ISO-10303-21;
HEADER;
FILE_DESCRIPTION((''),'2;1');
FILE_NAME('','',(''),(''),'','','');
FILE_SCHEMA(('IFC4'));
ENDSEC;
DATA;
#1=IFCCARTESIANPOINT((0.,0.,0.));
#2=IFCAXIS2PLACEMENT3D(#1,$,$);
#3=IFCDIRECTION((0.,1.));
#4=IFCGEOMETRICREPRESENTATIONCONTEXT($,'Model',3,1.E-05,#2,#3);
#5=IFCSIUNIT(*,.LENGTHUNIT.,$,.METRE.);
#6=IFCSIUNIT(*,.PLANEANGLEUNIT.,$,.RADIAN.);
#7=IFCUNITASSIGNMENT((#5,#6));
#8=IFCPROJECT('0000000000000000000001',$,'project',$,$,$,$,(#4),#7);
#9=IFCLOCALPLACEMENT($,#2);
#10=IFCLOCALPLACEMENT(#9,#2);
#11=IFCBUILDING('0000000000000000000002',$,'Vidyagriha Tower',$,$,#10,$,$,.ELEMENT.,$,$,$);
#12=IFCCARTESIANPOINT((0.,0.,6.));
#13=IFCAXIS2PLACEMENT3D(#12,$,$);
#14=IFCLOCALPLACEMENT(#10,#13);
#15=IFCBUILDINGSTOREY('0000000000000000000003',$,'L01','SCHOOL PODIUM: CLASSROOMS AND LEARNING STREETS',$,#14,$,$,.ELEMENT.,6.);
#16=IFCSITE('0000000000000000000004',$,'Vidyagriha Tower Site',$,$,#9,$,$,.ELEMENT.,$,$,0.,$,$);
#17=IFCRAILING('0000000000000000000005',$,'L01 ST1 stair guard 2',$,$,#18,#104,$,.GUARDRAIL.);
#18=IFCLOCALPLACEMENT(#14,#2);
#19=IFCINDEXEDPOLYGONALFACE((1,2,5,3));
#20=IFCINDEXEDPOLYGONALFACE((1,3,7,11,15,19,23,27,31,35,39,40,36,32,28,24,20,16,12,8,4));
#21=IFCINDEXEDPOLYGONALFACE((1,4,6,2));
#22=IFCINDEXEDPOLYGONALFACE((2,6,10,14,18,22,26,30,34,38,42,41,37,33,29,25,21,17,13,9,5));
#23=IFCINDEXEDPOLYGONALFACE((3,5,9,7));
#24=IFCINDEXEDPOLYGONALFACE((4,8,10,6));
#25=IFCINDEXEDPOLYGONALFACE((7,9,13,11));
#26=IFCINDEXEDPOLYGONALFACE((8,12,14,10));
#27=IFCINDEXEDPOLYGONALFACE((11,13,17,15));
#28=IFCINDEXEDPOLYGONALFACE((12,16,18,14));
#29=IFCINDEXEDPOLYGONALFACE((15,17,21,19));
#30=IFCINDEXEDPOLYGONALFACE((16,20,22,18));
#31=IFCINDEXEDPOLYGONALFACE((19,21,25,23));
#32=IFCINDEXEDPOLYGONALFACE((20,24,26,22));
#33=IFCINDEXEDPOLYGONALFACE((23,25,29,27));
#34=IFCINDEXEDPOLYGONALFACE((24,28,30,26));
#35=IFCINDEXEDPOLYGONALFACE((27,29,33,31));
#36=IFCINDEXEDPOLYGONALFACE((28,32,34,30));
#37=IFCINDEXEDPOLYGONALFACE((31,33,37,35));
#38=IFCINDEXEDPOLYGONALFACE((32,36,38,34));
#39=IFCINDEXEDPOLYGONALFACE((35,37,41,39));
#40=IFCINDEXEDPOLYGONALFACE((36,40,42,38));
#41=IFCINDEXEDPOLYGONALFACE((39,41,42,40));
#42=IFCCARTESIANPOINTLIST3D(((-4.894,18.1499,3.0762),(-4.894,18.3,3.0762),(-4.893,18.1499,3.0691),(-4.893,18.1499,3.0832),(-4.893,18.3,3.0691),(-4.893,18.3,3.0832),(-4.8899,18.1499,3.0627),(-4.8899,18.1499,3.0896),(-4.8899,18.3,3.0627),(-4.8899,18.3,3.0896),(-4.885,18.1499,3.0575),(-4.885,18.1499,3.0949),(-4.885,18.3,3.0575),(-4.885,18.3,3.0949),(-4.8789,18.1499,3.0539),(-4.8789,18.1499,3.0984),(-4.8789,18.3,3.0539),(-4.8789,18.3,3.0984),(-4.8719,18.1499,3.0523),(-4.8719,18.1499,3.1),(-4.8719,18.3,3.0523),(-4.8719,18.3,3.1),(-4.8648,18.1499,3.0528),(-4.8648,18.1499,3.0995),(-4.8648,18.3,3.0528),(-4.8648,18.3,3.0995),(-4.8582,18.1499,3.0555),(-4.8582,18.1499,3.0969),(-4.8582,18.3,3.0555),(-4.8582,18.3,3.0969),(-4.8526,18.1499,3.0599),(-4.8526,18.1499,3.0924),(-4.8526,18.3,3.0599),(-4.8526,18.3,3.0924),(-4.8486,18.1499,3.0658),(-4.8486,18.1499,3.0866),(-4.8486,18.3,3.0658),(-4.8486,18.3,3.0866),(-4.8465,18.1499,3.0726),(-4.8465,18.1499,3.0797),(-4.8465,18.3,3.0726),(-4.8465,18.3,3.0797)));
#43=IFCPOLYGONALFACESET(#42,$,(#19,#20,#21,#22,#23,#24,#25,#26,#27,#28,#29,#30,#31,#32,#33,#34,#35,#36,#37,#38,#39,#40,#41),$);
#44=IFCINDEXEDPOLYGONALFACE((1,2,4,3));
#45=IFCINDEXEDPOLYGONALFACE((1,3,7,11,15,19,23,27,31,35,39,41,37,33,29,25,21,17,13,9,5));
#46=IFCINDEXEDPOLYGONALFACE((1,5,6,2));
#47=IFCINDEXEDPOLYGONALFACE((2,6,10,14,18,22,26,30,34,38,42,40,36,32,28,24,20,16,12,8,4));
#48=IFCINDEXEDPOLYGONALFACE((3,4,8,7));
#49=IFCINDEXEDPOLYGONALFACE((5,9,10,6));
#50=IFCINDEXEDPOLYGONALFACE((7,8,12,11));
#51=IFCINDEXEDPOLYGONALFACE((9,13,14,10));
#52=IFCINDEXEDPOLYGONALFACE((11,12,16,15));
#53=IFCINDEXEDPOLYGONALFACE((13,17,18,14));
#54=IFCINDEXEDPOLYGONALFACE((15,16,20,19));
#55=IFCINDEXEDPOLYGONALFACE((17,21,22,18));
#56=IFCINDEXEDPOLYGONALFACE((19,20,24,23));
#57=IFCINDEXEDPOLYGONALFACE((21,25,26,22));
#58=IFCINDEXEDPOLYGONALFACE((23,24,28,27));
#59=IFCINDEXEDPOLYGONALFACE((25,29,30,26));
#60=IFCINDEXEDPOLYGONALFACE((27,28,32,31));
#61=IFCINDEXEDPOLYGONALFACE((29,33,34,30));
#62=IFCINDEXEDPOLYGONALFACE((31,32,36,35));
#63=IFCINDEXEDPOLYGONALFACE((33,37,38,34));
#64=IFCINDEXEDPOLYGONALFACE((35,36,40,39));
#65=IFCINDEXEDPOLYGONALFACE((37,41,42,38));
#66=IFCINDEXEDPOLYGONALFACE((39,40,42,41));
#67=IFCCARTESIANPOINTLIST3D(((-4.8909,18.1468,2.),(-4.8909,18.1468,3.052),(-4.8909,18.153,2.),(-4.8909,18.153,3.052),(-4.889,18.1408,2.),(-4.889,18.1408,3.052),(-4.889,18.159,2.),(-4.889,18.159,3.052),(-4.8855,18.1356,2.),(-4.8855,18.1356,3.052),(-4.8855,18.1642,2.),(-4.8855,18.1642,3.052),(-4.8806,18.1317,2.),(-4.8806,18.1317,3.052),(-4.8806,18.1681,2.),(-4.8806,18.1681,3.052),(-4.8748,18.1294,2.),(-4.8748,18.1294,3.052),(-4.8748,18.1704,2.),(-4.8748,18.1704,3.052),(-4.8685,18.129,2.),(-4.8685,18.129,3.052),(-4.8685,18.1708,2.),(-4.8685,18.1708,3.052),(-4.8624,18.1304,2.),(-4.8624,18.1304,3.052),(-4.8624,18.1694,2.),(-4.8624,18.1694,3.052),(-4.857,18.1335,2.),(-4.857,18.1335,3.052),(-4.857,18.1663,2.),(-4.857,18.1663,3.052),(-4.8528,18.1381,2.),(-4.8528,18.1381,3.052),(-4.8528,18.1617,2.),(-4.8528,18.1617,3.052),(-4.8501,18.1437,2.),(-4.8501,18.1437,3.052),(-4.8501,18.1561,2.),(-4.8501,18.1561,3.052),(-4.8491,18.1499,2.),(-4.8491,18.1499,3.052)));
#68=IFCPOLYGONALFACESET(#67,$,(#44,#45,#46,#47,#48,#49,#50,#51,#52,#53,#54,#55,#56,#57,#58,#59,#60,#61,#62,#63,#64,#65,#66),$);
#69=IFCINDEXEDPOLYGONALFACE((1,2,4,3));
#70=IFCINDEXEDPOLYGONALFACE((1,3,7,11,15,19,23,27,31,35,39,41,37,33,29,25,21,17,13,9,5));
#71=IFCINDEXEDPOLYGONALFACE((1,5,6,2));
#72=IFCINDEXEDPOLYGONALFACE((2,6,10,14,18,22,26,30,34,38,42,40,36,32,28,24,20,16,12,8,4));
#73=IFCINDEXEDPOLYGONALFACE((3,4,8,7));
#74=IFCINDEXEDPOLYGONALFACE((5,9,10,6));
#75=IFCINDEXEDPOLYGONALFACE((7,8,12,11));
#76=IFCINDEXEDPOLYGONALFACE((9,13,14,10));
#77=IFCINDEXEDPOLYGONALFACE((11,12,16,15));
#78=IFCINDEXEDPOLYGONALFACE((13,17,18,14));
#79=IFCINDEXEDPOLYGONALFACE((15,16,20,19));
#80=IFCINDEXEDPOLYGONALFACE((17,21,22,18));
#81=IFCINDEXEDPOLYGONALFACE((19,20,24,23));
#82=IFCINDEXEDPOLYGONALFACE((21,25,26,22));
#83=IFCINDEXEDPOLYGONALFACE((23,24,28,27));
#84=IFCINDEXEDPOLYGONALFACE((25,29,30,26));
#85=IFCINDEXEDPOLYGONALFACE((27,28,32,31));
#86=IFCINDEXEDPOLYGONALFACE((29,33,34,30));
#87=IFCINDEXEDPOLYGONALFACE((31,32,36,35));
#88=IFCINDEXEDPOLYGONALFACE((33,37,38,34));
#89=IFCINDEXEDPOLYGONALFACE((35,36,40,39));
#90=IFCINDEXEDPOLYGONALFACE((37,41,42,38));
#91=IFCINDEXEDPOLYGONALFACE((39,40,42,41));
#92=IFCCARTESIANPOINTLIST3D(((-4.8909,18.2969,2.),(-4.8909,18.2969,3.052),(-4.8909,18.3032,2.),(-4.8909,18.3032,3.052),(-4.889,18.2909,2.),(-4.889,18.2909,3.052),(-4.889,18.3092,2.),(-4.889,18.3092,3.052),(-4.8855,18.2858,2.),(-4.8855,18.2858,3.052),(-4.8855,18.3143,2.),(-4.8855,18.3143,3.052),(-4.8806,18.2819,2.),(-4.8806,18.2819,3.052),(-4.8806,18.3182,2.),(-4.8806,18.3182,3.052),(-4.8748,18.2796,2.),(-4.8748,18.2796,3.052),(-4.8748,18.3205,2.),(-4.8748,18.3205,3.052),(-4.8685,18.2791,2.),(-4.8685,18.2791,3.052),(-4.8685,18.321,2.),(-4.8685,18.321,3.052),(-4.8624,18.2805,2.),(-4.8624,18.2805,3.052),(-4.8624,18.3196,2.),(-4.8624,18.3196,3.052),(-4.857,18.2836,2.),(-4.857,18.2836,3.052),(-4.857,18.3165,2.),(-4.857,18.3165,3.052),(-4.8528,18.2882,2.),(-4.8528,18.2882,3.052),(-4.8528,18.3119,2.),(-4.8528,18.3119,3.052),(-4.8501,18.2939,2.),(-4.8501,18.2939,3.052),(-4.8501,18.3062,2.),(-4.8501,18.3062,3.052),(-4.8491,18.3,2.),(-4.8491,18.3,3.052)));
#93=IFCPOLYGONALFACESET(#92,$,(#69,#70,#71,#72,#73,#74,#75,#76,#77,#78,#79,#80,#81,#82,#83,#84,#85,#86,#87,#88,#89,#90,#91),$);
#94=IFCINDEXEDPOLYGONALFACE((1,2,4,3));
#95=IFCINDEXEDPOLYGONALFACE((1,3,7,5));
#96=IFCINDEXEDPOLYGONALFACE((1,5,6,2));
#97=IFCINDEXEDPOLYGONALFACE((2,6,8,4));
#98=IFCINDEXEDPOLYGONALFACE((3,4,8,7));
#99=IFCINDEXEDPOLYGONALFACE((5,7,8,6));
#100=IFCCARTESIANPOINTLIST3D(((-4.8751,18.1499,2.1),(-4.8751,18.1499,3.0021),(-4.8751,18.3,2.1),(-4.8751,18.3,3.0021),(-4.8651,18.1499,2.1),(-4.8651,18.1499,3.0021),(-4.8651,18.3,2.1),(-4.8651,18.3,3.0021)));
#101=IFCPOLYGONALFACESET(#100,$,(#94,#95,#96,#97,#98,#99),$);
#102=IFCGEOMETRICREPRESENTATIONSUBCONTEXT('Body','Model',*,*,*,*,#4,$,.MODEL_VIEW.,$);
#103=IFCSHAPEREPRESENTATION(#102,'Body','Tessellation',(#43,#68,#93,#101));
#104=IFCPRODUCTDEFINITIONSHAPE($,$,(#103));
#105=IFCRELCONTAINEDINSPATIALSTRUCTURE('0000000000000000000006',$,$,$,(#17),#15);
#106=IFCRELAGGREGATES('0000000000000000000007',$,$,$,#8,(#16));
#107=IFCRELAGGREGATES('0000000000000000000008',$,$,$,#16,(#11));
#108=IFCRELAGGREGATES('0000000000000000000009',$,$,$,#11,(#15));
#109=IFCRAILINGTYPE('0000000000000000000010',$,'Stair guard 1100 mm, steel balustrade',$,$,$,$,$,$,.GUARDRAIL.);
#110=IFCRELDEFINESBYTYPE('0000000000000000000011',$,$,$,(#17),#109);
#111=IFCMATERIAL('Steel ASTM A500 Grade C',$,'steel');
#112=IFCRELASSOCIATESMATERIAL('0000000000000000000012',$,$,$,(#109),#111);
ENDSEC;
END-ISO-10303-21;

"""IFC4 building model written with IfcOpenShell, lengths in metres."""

from ifc_helpers import new_model, si_unit, direction, frame, origin, origin_2d, place, context, subcontext, project, spatial, rectangle, circle, extrude, material, type_object, element, save


model = new_model("IFC4")

# Units and contexts
model_context = context("Model", 3, precision=1e-05, world=origin(), true_north=direction((0.0, 1.0)))
body_context = subcontext(model_context, "Body", "Model", "MODEL_VIEW")
ifc_project = project(units=[si_unit("LENGTHUNIT", "METRE"), si_unit("PLANEANGLEUNIT", "RADIAN")], contexts=[model_context])

# Site, building, storey
site_placement = place(None, origin())
site = spatial("IfcSite", under=ifc_project, at=site_placement, Name="Vidyagriha Tower Site", CompositionType="ELEMENT", RefElevation=0.0)
building_placement = place(site_placement, origin())
building = spatial("IfcBuilding", under=site, at=building_placement, Name="Vidyagriha Tower", CompositionType="ELEMENT")
storey_placement = place(building_placement, frame((0.0, 0.0, 6.0)))
storey = spatial("IfcBuildingStorey", under=building, at=storey_placement, Name="L01", Description="SCHOOL PODIUM: CLASSROOMS AND LEARNING STREETS", CompositionType="ELEMENT", Elevation=6.0)

# Railing
ifc_material_1 = material(Name="Steel ASTM A500 Grade C", Category="steel")
railing_type_1 = type_object("IfcRailingType", Name="Stair guard 1100 mm, steel balustrade", PredefinedType="GUARDRAIL", material=ifc_material_1)
railing_1_placement = place(storey_placement, frame((-4.8701, 18.1499, 2.0)))
element("IfcRailing", 1, at=railing_1_placement, inside=storey, type_object=railing_type_1, Name="L01 ST1 stair guard 2", PredefinedType="GUARDRAIL", context=body_context, shape_type="SweptSolid", body=[
    extrude(circle(Radius=0.0239, at=origin_2d()), frame((0.0, 0.0, 1.0762), z_axis=(0.0, 1.0, 0.0), x_axis=(-1.0, 0.0, 0.0)), (0.0, 0.0, 1.0), 0.1501),
    extrude(circle(Radius=0.021, at=origin_2d()), origin(), (0.0, 0.0, 1.0), 1.052),
    extrude(circle(Radius=0.021, at=origin_2d()), frame((0.0, 0.1501, 0.0)), (0.0, 0.0, 1.0), 1.052),
    extrude(rectangle(XDim=0.01, YDim=0.9021, at=origin_2d()), frame((0.0, 0.0, 0.551), z_axis=(0.0, 1.0, 0.0), x_axis=(-1.0, 0.0, 0.0)), (0.0, 0.0, 1.0), 0.1501),
])

save(model, "model.ifc")
